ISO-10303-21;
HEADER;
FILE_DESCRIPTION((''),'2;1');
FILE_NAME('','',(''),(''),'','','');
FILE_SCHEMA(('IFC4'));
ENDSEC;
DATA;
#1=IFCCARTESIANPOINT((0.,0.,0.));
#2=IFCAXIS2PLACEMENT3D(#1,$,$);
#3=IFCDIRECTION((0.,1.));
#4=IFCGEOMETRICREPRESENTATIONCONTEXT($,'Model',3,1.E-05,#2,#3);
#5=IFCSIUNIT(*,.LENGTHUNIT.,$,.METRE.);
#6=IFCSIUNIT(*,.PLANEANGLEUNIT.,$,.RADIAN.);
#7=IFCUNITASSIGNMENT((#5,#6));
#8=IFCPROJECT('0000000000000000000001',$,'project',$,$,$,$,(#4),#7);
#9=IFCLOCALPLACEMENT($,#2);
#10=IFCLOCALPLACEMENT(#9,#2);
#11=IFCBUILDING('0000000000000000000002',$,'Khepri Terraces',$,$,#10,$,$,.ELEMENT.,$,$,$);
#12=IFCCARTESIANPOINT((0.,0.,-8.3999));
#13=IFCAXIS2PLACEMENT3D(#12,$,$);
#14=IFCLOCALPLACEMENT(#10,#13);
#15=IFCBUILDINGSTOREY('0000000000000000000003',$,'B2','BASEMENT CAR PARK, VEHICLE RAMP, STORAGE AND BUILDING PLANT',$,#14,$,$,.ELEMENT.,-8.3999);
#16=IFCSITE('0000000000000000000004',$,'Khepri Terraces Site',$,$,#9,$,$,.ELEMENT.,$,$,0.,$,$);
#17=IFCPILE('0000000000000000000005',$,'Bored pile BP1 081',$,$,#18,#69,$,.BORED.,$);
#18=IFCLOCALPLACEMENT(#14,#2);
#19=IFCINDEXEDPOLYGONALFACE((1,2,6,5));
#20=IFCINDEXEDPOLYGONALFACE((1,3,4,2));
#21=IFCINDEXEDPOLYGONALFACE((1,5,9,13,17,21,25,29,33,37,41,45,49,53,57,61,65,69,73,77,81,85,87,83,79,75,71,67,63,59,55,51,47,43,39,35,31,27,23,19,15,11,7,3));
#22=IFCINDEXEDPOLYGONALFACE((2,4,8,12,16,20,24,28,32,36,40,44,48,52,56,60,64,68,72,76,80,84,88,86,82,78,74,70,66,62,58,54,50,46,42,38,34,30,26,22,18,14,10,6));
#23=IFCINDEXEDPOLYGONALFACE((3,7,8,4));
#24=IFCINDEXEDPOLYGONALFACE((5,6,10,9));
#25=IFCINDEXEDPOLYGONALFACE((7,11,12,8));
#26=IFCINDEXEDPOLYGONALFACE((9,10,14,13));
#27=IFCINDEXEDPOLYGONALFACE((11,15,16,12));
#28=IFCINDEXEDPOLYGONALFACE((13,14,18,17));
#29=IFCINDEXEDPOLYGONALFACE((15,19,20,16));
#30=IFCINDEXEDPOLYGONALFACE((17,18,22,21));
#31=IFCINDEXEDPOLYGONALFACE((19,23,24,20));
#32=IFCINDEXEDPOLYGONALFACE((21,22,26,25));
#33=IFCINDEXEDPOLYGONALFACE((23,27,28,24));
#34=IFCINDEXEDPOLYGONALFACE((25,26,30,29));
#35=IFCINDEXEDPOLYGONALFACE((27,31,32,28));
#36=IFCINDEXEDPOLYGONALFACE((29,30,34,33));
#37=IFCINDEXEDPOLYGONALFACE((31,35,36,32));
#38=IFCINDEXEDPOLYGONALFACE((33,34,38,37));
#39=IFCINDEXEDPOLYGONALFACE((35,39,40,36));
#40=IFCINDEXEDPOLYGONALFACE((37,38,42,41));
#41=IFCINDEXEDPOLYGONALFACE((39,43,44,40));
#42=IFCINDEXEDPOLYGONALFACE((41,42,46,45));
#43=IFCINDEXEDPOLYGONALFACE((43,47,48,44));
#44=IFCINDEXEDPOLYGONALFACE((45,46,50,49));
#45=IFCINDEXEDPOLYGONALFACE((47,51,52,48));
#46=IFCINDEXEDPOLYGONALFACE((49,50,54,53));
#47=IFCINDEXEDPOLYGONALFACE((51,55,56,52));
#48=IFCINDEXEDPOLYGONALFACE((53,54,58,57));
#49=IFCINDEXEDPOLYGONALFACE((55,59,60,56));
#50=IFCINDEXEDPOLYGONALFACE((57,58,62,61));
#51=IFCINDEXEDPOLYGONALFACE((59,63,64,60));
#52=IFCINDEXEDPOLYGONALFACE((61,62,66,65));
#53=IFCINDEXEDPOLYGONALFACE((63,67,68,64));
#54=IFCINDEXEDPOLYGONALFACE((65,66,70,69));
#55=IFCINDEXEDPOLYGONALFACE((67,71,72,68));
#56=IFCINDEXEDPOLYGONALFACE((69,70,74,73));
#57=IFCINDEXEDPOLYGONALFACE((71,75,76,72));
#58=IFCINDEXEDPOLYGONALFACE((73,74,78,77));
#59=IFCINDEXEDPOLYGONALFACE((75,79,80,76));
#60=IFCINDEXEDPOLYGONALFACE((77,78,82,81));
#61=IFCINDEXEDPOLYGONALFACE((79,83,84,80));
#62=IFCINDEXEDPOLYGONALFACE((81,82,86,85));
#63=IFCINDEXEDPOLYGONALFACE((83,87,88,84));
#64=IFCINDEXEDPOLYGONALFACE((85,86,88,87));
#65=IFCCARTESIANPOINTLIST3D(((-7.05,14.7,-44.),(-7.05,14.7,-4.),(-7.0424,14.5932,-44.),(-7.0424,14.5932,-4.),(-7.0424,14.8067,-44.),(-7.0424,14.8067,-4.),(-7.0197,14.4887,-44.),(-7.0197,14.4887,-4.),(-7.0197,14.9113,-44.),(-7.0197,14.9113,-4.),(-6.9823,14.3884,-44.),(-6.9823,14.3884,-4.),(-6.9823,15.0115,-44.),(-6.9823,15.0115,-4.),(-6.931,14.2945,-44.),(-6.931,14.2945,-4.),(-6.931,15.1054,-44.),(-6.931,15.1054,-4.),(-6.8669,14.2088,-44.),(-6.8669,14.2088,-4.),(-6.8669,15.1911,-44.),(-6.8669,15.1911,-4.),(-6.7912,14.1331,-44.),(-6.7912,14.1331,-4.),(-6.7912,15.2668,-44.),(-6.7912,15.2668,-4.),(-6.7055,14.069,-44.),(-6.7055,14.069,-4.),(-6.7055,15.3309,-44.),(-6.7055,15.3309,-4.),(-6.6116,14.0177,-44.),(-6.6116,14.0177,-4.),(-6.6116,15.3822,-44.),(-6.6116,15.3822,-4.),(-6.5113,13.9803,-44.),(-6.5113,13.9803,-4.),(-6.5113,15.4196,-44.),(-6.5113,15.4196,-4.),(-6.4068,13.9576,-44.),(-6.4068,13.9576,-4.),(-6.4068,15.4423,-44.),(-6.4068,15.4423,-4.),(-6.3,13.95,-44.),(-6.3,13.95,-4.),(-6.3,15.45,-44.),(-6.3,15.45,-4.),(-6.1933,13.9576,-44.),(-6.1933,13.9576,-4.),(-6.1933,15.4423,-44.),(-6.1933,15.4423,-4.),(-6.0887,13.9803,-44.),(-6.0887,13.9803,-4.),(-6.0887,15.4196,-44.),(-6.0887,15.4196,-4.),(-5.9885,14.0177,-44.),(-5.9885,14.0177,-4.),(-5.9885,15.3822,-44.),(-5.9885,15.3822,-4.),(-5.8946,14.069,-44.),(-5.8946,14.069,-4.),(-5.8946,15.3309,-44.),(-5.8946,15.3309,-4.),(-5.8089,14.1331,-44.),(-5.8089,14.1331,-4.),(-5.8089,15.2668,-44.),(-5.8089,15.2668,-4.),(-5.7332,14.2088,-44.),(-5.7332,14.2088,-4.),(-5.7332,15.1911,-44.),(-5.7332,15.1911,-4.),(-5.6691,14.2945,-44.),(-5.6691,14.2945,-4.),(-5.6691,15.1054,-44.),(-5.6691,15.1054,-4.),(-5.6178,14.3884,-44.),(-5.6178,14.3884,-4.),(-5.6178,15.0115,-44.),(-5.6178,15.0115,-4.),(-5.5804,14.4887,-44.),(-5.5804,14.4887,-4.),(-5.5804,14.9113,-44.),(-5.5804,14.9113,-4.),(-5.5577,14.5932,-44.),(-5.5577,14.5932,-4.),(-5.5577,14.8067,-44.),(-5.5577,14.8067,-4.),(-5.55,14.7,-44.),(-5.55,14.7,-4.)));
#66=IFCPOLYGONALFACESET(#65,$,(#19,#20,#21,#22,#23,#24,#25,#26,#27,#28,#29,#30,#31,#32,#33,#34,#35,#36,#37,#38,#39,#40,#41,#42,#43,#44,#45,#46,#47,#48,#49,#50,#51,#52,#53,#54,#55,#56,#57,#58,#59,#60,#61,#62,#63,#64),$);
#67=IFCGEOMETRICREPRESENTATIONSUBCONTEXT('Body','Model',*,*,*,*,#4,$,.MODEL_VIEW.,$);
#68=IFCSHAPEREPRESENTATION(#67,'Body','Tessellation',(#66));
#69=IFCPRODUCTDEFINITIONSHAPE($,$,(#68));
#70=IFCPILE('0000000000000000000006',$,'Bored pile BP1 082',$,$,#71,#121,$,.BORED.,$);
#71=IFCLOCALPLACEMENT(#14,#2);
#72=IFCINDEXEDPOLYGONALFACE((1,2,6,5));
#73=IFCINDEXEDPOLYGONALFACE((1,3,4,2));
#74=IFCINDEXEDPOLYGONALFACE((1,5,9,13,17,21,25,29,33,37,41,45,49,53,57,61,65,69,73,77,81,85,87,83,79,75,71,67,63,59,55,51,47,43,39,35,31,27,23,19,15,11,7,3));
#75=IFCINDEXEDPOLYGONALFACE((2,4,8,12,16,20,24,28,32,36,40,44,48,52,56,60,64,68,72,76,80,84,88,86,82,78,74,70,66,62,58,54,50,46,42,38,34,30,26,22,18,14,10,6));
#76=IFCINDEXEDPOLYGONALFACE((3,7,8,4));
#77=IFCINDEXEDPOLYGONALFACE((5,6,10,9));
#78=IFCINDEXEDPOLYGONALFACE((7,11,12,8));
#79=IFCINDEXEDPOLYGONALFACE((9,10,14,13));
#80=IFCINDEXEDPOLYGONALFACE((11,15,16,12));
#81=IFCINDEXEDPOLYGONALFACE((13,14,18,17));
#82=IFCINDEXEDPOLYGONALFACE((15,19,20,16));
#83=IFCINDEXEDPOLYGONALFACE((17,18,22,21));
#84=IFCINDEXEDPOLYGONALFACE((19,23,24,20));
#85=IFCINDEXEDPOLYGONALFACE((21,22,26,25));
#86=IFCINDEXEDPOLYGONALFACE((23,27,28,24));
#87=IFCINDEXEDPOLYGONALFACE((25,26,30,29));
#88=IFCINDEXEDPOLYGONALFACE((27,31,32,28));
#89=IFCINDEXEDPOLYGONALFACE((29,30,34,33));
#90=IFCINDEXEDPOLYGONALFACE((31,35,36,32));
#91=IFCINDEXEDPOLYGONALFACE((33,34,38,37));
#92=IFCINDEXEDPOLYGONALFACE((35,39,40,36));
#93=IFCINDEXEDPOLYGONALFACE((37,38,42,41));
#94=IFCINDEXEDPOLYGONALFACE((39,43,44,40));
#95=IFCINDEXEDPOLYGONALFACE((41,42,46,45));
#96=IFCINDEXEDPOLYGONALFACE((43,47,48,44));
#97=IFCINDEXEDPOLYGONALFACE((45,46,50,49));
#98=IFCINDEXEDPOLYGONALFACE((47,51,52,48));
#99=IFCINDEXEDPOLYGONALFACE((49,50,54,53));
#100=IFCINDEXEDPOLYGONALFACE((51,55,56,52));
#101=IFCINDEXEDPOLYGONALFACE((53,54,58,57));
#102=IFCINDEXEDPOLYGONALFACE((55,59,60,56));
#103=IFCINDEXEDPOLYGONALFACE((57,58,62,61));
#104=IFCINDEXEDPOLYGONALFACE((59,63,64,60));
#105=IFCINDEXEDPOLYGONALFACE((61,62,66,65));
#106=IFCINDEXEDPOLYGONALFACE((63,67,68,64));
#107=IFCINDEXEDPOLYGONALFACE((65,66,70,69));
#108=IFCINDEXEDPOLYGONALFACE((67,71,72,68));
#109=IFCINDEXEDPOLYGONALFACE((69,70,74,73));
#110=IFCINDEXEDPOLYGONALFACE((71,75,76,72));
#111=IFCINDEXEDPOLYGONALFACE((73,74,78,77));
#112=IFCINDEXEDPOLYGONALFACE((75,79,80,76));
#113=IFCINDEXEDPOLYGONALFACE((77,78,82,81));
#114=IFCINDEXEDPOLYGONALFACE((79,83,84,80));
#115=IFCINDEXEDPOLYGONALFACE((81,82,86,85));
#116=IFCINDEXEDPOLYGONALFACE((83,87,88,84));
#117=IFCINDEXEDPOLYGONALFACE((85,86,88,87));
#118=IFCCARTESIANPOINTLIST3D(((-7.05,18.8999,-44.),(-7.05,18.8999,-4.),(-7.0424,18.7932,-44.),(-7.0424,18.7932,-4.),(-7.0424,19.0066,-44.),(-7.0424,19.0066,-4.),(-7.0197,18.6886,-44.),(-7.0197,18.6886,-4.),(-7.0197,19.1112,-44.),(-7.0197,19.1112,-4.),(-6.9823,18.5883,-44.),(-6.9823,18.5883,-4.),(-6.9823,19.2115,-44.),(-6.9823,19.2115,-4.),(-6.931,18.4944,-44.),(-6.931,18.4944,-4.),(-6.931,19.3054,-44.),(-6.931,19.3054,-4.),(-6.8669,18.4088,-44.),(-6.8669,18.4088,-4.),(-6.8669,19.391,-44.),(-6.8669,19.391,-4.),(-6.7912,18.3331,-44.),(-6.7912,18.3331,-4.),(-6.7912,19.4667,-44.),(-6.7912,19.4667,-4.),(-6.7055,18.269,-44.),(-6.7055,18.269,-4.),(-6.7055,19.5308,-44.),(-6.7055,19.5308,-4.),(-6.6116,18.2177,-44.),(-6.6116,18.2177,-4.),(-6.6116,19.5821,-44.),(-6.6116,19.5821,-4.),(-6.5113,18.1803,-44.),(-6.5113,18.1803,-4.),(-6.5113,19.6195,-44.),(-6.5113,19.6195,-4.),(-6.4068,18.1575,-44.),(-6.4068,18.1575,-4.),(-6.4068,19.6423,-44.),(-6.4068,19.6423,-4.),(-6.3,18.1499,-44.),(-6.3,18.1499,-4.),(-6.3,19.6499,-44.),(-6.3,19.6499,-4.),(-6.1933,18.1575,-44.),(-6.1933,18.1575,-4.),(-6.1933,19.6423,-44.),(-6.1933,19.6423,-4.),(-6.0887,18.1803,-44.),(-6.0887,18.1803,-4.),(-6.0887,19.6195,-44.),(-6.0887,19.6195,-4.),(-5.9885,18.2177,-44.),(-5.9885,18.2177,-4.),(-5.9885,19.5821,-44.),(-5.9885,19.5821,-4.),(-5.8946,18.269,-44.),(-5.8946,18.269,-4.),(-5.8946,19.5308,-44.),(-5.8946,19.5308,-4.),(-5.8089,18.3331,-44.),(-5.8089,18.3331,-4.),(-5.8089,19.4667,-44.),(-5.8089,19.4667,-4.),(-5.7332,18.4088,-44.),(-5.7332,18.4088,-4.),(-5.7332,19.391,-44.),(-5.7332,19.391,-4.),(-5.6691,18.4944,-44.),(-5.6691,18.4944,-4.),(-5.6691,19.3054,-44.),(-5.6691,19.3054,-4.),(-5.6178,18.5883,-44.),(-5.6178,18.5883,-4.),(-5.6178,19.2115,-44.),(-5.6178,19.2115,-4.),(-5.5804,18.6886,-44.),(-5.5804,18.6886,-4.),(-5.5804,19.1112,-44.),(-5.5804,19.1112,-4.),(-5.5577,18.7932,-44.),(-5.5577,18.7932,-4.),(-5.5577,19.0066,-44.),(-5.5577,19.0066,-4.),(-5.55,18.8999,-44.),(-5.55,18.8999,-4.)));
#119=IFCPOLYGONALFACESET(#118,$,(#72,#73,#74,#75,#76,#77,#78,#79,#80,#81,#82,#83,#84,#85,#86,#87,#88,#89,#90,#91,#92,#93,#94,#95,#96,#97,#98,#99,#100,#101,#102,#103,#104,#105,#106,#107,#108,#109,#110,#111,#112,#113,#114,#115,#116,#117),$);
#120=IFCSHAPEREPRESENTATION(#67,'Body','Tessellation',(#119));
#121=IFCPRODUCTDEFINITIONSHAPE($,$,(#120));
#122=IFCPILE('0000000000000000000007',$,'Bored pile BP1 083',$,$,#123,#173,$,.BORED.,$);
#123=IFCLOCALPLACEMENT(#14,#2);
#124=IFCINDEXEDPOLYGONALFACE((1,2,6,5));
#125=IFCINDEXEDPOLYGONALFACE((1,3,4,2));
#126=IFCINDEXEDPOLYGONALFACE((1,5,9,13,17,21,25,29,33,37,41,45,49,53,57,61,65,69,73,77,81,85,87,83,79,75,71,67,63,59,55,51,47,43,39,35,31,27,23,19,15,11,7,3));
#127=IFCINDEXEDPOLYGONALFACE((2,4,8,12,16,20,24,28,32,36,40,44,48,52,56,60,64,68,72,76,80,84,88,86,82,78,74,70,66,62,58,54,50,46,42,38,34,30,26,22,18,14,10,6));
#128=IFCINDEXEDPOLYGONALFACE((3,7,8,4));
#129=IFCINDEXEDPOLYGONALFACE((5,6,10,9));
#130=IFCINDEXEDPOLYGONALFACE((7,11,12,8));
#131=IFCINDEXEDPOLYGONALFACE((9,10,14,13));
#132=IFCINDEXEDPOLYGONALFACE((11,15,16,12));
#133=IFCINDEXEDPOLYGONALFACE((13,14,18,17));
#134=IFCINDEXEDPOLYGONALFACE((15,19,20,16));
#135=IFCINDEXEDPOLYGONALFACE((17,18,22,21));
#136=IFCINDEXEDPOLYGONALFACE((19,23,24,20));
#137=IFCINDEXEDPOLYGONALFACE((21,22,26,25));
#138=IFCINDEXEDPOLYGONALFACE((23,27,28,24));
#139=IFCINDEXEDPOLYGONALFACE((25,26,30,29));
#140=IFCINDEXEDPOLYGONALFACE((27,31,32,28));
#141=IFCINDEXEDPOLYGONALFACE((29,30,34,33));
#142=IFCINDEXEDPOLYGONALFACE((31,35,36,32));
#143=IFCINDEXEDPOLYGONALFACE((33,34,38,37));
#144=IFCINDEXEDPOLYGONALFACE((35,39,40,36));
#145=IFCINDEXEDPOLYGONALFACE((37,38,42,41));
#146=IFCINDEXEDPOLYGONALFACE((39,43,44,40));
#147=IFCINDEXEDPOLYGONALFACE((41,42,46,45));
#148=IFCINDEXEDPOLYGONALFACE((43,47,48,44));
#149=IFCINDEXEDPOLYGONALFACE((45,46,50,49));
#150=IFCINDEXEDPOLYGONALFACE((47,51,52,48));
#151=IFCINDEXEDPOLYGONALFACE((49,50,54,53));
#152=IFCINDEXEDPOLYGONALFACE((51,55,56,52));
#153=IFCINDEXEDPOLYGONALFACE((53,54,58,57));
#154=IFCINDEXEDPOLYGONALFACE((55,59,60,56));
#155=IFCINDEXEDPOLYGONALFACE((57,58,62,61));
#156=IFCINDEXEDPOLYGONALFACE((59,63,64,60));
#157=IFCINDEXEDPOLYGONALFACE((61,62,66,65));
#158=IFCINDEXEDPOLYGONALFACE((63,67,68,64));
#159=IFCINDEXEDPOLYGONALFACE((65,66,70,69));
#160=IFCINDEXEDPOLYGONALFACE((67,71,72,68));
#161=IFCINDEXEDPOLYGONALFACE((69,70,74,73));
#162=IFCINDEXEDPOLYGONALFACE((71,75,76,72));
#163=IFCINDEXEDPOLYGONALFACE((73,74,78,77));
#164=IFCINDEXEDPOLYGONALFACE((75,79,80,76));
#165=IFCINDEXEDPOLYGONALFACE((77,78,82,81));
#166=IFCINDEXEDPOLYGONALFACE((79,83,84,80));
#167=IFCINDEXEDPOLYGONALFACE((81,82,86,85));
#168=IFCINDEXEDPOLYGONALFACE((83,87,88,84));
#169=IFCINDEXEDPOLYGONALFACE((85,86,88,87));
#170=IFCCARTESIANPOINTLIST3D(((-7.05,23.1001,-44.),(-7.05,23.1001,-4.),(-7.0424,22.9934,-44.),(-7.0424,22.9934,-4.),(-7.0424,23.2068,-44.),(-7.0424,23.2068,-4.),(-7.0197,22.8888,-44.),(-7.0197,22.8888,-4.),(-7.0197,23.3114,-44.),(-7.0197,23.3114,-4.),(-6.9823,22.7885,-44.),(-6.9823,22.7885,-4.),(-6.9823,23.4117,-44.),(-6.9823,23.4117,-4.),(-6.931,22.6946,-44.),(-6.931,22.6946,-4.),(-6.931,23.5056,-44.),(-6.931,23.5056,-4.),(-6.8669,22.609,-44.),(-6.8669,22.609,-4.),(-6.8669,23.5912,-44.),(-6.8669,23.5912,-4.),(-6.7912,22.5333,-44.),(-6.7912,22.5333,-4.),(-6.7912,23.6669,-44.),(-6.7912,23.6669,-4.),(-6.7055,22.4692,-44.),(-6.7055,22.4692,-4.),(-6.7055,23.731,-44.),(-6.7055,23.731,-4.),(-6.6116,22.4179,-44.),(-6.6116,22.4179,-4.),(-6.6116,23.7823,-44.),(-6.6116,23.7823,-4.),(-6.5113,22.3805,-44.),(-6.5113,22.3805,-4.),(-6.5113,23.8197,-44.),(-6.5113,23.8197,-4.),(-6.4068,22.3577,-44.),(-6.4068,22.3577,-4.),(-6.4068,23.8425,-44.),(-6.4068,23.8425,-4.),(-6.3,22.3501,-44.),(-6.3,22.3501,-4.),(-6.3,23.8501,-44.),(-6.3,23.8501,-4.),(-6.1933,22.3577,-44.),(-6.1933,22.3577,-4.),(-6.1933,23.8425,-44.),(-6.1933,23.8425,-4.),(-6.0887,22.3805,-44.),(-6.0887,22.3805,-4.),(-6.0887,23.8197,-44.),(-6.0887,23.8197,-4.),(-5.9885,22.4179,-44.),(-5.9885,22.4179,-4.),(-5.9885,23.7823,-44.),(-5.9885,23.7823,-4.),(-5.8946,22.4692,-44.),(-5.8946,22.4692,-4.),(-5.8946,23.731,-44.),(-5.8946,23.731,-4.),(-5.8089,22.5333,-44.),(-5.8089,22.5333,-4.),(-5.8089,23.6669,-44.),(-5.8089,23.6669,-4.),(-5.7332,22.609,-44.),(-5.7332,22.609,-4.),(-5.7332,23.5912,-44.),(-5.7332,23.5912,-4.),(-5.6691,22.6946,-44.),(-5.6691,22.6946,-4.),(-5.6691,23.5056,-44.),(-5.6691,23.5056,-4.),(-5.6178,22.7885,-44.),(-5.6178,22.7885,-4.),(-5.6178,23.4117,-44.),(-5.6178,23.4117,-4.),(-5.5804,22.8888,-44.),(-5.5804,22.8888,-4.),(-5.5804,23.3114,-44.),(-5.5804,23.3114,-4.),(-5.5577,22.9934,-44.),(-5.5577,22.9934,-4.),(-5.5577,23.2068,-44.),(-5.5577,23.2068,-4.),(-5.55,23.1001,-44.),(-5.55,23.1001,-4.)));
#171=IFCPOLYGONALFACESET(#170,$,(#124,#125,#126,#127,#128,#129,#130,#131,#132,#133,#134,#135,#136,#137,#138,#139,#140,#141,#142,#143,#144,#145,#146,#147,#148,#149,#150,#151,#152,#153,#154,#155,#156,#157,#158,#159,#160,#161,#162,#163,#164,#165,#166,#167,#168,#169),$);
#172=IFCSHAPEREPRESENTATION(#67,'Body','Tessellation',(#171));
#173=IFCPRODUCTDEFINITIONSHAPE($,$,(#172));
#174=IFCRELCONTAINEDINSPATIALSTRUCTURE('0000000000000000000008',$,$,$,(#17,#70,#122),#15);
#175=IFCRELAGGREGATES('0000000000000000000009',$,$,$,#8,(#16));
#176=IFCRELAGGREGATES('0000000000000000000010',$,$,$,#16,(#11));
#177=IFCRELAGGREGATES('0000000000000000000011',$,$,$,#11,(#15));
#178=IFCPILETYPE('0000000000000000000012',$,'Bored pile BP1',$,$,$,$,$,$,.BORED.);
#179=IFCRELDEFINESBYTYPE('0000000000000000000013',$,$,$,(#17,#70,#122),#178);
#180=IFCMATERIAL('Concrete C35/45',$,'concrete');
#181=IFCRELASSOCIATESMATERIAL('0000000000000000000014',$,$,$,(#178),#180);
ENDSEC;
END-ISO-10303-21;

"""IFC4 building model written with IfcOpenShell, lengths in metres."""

from ifc_helpers import new_model, si_unit, direction, frame, origin, origin_2d, place, context, subcontext, project, spatial, circle, extrude, material, material_profile, profile_set, type_object, element, save


model = new_model("IFC4")

# Units and contexts
model_context = context("Model", 3, precision=1e-05, world=origin(), true_north=direction((0.0, 1.0)))
body_context = subcontext(model_context, "Body", "Model", "MODEL_VIEW")
ifc_project = project(units=[si_unit("LENGTHUNIT", "METRE"), si_unit("PLANEANGLEUNIT", "RADIAN")], contexts=[model_context])

# Site, building, storey
site_placement = place(None, origin())
site = spatial("IfcSite", under=ifc_project, at=site_placement, Name="Khepri Terraces Site", CompositionType="ELEMENT", RefElevation=0.0)
building_placement = place(site_placement, origin())
building = spatial("IfcBuilding", under=site, at=building_placement, Name="Khepri Terraces", CompositionType="ELEMENT")
storey_placement = place(building_placement, frame((0.0, 0.0, -8.3999)))
storey = spatial("IfcBuildingStorey", under=building, at=storey_placement, Name="B2", Description="BASEMENT CAR PARK, VEHICLE RAMP, STORAGE AND BUILDING PLANT", CompositionType="ELEMENT", Elevation=-8.3999)

# Piles
ifc_material_1 = material(Name="Concrete C35/45", Category="concrete")
ifc_material_profile_1 = material_profile(ifc_material_1, circle(Radius=0.75, at=origin_2d()), Name="Concrete C35/45", Category="concrete")
ifc_profile_set_1 = profile_set([ifc_material_profile_1], Name="Concrete C35/45")
pile_type = type_object("IfcPileType", Name="Bored pile BP1", PredefinedType="BORED", material=ifc_profile_set_1)
for number, where, z_axis, x_axis, name in (
    (1, (-6.3, 14.7, -4.0), (0.0, 0.0, -1.0), (1.0, 0.0, 0.0), "Bored pile BP1 081"),
    (2, (-6.3, 18.8999, -4.0), (0.0, 0.0, -1.0), (1.0, 0.0, 0.0), "Bored pile BP1 082"),
    (3, (-6.3, 23.1001, -4.0), (0.0, 0.0, -1.0), (1.0, 0.0, 0.0), "Bored pile BP1 083"),
):
    element("IfcPile", number, at=place(storey_placement, frame(where, z_axis=z_axis, x_axis=x_axis)), inside=storey, type_object=pile_type, Name=name, PredefinedType="BORED", context=body_context, shape_type="SweptSolid", body=[
        extrude(circle(Radius=0.75, at=origin_2d()), origin(), (0.0, 0.0, 1.0), 40.0),
    ])

save(model, "model.ifc")
